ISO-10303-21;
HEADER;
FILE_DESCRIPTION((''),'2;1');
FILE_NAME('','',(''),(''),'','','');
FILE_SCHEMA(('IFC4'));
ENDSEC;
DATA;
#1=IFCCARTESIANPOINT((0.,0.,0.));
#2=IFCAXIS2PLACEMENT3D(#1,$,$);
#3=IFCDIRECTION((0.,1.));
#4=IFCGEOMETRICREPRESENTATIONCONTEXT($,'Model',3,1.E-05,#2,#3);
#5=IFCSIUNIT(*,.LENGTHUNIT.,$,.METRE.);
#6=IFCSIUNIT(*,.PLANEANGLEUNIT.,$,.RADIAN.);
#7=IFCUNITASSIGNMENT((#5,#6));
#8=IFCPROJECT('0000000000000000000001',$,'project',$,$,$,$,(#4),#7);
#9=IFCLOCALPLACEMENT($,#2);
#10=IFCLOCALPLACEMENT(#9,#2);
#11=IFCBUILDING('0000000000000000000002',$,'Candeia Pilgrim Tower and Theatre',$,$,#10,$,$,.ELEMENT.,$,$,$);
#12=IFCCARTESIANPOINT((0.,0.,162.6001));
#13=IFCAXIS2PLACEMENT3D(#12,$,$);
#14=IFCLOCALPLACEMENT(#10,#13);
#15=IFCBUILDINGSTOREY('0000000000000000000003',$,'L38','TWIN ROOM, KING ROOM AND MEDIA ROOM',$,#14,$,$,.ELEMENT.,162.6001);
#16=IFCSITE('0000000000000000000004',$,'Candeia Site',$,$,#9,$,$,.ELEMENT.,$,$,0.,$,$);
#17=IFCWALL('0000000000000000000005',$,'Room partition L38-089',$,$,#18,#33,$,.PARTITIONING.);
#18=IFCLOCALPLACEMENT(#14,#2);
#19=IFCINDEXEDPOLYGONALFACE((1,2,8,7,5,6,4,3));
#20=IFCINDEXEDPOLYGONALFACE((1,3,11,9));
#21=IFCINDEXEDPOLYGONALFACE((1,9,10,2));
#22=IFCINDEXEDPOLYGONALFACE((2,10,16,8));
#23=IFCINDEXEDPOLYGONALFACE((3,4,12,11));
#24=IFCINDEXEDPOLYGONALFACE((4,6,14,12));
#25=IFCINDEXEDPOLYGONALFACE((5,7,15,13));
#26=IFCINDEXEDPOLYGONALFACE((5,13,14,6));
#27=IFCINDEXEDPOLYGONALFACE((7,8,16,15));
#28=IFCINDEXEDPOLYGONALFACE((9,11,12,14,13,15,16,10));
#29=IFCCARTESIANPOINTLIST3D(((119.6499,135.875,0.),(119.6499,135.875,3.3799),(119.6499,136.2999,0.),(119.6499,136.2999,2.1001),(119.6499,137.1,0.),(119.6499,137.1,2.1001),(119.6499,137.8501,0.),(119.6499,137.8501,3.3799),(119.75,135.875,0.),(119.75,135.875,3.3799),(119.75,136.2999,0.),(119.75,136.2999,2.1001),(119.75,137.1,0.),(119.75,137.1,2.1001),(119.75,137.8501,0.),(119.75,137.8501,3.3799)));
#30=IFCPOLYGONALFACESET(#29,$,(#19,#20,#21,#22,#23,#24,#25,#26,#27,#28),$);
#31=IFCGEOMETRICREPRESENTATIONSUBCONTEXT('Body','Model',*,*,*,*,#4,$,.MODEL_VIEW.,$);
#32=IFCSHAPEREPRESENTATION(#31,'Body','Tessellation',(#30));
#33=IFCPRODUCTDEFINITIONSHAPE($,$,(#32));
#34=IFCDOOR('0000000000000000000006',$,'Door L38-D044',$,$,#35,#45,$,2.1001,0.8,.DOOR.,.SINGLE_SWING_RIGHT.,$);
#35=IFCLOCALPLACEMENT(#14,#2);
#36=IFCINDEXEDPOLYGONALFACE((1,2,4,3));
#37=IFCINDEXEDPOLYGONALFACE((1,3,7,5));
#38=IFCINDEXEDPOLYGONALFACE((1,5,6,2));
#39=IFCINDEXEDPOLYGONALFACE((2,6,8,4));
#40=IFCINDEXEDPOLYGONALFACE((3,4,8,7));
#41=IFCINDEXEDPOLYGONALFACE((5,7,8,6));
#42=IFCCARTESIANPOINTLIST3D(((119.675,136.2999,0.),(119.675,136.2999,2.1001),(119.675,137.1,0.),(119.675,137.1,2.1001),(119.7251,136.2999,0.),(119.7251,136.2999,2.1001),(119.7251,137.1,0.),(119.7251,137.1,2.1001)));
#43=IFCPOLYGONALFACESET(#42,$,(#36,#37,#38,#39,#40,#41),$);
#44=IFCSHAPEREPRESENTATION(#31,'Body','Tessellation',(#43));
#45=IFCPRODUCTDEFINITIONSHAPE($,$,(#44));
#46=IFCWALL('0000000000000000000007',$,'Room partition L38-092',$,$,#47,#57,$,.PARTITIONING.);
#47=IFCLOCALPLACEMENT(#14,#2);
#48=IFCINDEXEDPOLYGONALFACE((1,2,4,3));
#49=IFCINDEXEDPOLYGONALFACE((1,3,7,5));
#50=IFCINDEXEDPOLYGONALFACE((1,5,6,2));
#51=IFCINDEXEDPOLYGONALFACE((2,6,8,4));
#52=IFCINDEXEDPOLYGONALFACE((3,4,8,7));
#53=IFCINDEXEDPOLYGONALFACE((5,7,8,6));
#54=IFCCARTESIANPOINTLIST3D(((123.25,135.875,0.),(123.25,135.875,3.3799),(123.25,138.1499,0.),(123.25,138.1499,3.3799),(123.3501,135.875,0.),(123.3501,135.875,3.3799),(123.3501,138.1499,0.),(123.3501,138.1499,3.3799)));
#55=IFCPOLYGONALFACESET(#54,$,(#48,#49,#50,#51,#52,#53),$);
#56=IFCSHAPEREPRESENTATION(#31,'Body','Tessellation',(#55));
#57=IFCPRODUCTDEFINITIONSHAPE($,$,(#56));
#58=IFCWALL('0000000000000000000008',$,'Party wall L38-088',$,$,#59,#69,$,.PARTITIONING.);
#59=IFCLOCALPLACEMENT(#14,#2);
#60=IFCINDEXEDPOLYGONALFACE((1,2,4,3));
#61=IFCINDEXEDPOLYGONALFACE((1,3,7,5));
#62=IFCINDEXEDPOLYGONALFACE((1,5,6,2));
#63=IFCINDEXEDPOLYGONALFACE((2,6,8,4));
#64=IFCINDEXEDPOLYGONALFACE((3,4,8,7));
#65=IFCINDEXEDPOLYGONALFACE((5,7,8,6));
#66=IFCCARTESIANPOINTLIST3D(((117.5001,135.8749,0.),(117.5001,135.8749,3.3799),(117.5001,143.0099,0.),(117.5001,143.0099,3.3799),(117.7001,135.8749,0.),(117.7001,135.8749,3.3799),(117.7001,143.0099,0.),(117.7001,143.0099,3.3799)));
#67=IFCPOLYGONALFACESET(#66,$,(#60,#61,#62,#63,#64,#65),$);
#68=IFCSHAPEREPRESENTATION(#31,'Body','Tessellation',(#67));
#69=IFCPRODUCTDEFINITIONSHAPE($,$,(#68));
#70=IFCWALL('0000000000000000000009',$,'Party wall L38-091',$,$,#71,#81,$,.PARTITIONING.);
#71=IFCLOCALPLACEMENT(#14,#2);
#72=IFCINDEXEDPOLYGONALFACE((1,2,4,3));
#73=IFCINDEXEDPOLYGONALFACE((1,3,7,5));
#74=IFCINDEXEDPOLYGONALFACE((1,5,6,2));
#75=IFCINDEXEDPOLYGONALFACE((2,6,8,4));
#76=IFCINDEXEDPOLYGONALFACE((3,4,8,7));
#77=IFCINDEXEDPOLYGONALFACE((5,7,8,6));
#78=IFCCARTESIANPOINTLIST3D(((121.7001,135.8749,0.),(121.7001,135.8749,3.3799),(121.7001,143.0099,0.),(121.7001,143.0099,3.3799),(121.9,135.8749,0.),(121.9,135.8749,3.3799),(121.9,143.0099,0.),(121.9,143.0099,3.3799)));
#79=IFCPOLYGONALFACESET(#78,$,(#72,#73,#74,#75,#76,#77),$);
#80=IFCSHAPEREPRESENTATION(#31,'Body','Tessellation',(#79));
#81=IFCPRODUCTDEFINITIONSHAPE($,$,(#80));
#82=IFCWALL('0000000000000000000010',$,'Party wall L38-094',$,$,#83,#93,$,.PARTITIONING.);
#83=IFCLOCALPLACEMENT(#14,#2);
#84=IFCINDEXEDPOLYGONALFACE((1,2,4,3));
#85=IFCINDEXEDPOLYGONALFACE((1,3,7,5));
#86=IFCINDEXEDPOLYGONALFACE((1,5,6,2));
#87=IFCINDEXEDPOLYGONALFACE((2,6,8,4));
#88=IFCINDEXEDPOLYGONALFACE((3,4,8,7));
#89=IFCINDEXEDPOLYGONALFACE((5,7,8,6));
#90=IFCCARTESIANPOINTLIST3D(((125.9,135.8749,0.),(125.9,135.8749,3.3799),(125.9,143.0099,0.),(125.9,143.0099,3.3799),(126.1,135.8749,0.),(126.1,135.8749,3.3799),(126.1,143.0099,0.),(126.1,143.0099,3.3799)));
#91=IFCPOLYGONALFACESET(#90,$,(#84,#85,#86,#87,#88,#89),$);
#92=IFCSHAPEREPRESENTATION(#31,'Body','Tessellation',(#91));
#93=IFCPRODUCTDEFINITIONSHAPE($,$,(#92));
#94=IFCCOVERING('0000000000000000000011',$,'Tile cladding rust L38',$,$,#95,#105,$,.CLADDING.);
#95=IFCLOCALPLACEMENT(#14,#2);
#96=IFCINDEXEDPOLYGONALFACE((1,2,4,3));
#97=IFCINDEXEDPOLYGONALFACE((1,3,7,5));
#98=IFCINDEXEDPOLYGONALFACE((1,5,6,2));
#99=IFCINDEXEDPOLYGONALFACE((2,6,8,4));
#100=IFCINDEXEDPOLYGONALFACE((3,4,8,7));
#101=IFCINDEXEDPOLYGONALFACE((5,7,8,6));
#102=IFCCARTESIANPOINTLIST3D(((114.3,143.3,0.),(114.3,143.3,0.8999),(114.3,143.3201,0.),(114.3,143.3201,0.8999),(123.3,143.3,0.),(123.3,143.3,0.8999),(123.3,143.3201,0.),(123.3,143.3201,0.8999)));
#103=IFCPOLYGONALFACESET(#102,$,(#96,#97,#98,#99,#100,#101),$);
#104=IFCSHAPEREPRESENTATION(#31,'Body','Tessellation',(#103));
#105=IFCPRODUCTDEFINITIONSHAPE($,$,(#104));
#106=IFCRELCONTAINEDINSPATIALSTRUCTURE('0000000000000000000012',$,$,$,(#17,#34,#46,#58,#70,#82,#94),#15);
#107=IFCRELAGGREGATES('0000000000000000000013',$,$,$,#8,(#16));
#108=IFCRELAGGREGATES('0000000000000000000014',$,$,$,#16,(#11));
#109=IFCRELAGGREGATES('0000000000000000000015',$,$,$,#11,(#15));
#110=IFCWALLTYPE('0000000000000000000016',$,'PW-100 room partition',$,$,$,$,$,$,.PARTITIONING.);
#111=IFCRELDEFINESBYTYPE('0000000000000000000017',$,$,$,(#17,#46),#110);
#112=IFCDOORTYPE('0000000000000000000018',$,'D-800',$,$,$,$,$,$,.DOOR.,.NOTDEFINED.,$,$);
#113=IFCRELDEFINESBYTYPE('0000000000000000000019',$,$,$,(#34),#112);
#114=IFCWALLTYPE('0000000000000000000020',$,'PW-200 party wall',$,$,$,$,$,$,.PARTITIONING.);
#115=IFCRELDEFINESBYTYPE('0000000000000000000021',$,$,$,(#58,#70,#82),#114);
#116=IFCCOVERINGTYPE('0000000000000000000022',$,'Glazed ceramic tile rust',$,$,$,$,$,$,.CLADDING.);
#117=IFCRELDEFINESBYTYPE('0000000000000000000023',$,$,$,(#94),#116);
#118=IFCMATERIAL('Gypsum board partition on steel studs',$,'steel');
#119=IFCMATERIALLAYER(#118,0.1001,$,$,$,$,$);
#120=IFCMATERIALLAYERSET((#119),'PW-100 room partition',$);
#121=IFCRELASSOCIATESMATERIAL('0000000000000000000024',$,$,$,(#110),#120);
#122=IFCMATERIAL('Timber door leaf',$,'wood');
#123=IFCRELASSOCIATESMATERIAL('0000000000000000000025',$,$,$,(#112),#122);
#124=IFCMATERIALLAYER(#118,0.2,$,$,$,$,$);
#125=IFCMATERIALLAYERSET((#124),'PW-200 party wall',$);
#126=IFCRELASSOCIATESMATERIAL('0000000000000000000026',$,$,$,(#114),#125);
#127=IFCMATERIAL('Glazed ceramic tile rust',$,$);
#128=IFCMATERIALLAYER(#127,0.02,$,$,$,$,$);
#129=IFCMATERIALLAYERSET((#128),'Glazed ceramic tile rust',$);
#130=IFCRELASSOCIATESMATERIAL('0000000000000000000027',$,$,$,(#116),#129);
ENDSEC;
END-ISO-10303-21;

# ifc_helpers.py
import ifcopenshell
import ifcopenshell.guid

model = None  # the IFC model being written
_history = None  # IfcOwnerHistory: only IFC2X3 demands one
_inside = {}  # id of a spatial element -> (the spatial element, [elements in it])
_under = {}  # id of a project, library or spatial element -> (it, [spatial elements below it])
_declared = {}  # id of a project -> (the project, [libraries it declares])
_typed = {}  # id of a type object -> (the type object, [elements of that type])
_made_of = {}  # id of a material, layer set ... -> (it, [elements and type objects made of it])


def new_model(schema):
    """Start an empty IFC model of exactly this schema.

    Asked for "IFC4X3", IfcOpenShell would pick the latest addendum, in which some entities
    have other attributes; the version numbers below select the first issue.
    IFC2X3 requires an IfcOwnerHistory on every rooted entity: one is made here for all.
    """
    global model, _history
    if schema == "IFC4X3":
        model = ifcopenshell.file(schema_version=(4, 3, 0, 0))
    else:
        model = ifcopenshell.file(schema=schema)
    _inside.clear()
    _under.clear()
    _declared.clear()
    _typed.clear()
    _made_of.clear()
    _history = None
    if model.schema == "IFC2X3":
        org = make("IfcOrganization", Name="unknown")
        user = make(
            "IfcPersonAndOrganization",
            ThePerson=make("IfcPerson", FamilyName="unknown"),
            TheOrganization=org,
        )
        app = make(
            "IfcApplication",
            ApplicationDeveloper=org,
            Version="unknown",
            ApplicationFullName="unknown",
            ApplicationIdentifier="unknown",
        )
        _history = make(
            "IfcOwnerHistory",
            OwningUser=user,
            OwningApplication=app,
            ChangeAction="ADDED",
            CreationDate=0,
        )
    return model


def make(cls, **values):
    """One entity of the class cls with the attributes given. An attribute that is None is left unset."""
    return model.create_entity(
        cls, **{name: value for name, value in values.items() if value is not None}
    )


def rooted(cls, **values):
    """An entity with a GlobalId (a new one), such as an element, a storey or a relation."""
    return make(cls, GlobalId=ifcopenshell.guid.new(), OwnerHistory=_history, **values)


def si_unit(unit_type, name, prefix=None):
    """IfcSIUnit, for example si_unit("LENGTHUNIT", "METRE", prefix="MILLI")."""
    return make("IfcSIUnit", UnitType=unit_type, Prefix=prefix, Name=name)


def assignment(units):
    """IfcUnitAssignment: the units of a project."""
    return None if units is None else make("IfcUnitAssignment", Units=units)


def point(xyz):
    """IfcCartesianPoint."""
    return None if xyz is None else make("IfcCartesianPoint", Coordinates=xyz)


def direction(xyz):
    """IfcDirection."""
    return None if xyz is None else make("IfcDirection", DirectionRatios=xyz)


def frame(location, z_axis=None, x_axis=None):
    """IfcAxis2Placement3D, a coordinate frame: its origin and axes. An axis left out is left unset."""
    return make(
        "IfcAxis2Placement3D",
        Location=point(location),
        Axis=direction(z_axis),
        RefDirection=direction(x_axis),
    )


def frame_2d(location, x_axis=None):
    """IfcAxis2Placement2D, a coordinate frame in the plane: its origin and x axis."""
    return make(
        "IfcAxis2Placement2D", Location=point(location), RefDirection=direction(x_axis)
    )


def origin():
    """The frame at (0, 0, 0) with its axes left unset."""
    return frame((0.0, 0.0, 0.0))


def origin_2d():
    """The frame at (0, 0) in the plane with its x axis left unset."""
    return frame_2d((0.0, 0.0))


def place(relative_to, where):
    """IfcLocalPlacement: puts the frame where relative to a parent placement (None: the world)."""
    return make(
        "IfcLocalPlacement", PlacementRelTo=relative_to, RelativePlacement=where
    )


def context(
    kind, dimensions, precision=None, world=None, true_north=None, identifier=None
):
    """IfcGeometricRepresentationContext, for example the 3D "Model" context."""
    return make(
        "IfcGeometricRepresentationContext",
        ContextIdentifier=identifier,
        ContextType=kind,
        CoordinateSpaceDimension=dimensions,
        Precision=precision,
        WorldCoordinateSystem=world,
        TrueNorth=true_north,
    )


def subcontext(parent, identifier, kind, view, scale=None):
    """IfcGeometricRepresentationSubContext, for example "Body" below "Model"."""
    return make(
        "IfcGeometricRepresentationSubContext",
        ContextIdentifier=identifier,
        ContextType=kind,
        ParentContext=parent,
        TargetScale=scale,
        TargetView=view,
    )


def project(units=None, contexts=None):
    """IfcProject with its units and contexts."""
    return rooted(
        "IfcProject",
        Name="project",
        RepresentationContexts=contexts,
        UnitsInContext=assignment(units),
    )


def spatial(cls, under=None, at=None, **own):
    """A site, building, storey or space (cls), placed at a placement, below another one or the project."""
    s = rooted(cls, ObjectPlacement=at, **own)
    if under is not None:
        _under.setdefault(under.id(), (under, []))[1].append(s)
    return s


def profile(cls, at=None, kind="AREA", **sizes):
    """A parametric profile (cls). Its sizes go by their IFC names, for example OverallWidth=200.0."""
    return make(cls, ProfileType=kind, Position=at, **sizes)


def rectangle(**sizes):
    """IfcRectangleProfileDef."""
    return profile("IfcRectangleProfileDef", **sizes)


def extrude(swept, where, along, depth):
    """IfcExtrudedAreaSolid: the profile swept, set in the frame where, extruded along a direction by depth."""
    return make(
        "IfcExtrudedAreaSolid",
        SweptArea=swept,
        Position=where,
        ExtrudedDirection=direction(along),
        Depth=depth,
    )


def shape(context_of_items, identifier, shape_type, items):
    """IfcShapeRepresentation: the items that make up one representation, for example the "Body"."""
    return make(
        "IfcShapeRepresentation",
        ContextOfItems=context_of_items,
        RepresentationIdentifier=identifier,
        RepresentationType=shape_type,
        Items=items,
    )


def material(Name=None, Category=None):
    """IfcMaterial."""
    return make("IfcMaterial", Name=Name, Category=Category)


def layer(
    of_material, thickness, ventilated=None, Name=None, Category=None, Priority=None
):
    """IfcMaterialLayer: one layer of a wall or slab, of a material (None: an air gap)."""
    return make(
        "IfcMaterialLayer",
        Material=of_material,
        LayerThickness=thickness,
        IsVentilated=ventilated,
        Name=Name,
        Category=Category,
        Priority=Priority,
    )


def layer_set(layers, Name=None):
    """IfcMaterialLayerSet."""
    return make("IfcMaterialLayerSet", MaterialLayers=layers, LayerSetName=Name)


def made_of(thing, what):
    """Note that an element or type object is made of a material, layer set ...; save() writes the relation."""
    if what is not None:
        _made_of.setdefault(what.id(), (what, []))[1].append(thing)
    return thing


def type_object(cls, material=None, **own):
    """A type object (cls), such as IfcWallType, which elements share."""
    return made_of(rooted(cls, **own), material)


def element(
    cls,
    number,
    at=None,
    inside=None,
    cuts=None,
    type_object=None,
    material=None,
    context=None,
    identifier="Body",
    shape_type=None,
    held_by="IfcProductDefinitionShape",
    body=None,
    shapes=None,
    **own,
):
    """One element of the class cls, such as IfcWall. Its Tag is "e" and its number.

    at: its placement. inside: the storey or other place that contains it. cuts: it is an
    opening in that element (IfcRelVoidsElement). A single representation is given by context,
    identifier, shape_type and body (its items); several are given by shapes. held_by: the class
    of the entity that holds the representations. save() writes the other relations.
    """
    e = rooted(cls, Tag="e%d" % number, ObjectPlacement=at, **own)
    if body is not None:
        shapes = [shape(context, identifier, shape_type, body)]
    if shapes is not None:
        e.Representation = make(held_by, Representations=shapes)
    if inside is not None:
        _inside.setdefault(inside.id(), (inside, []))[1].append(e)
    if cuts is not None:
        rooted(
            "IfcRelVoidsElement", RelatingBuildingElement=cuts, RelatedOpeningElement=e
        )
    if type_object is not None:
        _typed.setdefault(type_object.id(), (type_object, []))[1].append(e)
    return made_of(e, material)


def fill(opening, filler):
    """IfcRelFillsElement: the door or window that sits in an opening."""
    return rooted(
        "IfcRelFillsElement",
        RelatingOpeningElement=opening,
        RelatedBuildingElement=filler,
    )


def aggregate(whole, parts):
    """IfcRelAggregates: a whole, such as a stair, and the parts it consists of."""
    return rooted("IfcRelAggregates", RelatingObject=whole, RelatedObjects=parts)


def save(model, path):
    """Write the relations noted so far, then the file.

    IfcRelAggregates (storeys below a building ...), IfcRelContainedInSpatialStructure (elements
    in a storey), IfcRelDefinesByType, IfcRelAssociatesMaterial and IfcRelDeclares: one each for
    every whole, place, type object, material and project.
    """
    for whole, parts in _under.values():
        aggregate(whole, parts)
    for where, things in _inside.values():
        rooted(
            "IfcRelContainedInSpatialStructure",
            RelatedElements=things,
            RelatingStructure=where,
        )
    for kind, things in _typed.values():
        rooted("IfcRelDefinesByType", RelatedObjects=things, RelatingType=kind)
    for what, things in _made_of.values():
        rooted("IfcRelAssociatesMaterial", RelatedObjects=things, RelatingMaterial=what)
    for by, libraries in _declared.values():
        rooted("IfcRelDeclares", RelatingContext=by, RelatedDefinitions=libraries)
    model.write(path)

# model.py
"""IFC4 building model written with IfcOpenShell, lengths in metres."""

from ifc_helpers import new_model, si_unit, direction, frame, frame_2d, origin, origin_2d, place, context, subcontext, project, spatial, rectangle, extrude, material, layer, layer_set, type_object, element, fill, save


model = new_model("IFC4")

# Units and contexts
model_context = context("Model", 3, precision=1e-05, world=origin(), true_north=direction((0.0, 1.0)))
body_context = subcontext(model_context, "Body", "Model", "MODEL_VIEW")
ifc_project = project(units=[si_unit("LENGTHUNIT", "METRE"), si_unit("PLANEANGLEUNIT", "RADIAN")], contexts=[model_context])

# Site, building, storey
site_placement = place(None, origin())
site = spatial("IfcSite", under=ifc_project, at=site_placement, Name="Candeia Site", CompositionType="ELEMENT", RefElevation=0.0)
building_placement = place(site_placement, origin())
building = spatial("IfcBuilding", under=site, at=building_placement, Name="Candeia Pilgrim Tower and Theatre", CompositionType="ELEMENT")
storey_placement = place(building_placement, frame((0.0, 0.0, 162.6001)))
storey = spatial("IfcBuildingStorey", under=building, at=storey_placement, Name="L38", Description="TWIN ROOM, KING ROOM AND MEDIA ROOM", CompositionType="ELEMENT", Elevation=162.6001)

# Shared definitions
ifc_material_1 = material(Name="Gypsum board partition on steel studs", Category="steel")
ifc_layer_1 = layer(ifc_material_1, 0.1001)
ifc_layer_set_1 = layer_set([ifc_layer_1], Name="PW-100 room partition")
wall_type_1 = type_object("IfcWallType", Name="PW-100 room partition", PredefinedType="PARTITIONING", material=ifc_layer_set_1)

# Wall, opening, door
ifc_material_2 = material(Name="Timber door leaf", Category="wood")
door_type_1 = type_object("IfcDoorType", Name="D-800", OperationType="NOTDEFINED", PredefinedType="DOOR", material=ifc_material_2)
wall_1_placement = place(storey_placement, frame((119.7, 135.875, 0.0), z_axis=(0.0, 0.0, 1.0), x_axis=(0.0, 1.0, 0.0)))
wall_1 = element("IfcWall", 1, at=wall_1_placement, inside=storey, type_object=wall_type_1, Name="Room partition L38-089", PredefinedType="PARTITIONING", context=body_context, shape_type="SweptSolid", body=[
    extrude(rectangle(XDim=1.9751, YDim=0.1001, at=frame_2d((0.9875, 0.0))), origin(), (0.0, 0.0, 1.0), 3.3799),
])
opening_1_placement = place(wall_1_placement, frame((0.425, 0.0, 0.0)))
opening_1 = element("IfcOpeningElement", 2, at=opening_1_placement, cuts=wall_1, PredefinedType="OPENING", context=body_context, shape_type="SweptSolid", body=[
    extrude(rectangle(XDim=0.8, YDim=2.1001, at=frame_2d((0.3999, 1.05))), frame((0.0, 0.0601, 0.0), z_axis=(0.0, -1.0, 0.0), x_axis=(1.0, 0.0, 0.0)), (0.0, 0.0, 1.0), 0.1201),
])
door_1_placement = place(opening_1_placement, origin())
door_1 = element("IfcDoor", 3, at=door_1_placement, inside=storey, type_object=door_type_1, Name="Door L38-D044", OperationType="SINGLE_SWING_RIGHT", OverallHeight=2.1001, OverallWidth=0.8, PredefinedType="DOOR", context=body_context, shape_type="SweptSolid", body=[
    extrude(rectangle(XDim=0.8, YDim=2.1001, at=frame_2d((0.3999, 1.05))), frame((0.0, 0.0249, 0.0), z_axis=(0.0, -1.0, 0.0), x_axis=(1.0, 0.0, 0.0)), (0.0, 0.0, 1.0), 0.05),
])
fill(opening_1, door_1)

# Walls
wall_2_placement = place(storey_placement, frame((123.3, 135.875, 0.0), z_axis=(0.0, 0.0, 1.0), x_axis=(0.0, 1.0, 0.0)))
element("IfcWall", 4, at=wall_2_placement, inside=storey, type_object=wall_type_1, Name="Room partition L38-092", PredefinedType="PARTITIONING", context=body_context, shape_type="SweptSolid", body=[
    extrude(rectangle(XDim=2.2749, YDim=0.1001, at=frame_2d((1.1375, 0.0))), origin(), (0.0, 0.0, 1.0), 3.3799),
])
ifc_layer_2 = layer(ifc_material_1, 0.2)
ifc_layer_set_2 = layer_set([ifc_layer_2], Name="PW-200 party wall")
wall_type_2 = type_object("IfcWallType", Name="PW-200 party wall", PredefinedType="PARTITIONING", material=ifc_layer_set_2)
for number, where, z_axis, x_axis, name in (
    (5, (117.6001, 135.875, 0.0), (0.0, 0.0, 1.0), (0.0, 1.0, 0.0), "Party wall L38-088"),
    (6, (121.8, 135.875, 0.0), (0.0, 0.0, 1.0), (0.0, 1.0, 0.0), "Party wall L38-091"),
    (7, (126.0, 135.875, 0.0), (0.0, 0.0, 1.0), (0.0, 1.0, 0.0), "Party wall L38-094"),
):
    element("IfcWall", number, at=place(storey_placement, frame(where, z_axis=z_axis, x_axis=x_axis)), inside=storey, type_object=wall_type_2, Name=name, PredefinedType="PARTITIONING", context=body_context, shape_type="SweptSolid", body=[
        extrude(rectangle(XDim=7.135, YDim=0.2, at=frame_2d((3.5674, 0.0))), origin(), (0.0, 0.0, 1.0), 3.3799),
    ])

# Covering
ifc_material_3 = material(Name="Glazed ceramic tile rust")
ifc_layer_3 = layer(ifc_material_3, 0.02)
ifc_layer_set_3 = layer_set([ifc_layer_3], Name="Glazed ceramic tile rust")
covering_type = type_object("IfcCoveringType", Name="Glazed ceramic tile rust", PredefinedType="CLADDING", material=ifc_layer_set_3)
covering_placement = place(storey_placement, frame((118.8, 143.3101, 0.0), z_axis=(0.0, 0.0, 1.0), x_axis=(-1.0, 0.0, 0.0)))
element("IfcCovering", 8, at=covering_placement, inside=storey, type_object=covering_type, Name="Tile cladding rust L38", PredefinedType="CLADDING", context=body_context, shape_type="SweptSolid", body=[
    extrude(rectangle(XDim=9.0, YDim=0.02, at=origin_2d()), origin(), (0.0, 0.0, 1.0), 0.8999),
])

save(model, "model.ifc")
